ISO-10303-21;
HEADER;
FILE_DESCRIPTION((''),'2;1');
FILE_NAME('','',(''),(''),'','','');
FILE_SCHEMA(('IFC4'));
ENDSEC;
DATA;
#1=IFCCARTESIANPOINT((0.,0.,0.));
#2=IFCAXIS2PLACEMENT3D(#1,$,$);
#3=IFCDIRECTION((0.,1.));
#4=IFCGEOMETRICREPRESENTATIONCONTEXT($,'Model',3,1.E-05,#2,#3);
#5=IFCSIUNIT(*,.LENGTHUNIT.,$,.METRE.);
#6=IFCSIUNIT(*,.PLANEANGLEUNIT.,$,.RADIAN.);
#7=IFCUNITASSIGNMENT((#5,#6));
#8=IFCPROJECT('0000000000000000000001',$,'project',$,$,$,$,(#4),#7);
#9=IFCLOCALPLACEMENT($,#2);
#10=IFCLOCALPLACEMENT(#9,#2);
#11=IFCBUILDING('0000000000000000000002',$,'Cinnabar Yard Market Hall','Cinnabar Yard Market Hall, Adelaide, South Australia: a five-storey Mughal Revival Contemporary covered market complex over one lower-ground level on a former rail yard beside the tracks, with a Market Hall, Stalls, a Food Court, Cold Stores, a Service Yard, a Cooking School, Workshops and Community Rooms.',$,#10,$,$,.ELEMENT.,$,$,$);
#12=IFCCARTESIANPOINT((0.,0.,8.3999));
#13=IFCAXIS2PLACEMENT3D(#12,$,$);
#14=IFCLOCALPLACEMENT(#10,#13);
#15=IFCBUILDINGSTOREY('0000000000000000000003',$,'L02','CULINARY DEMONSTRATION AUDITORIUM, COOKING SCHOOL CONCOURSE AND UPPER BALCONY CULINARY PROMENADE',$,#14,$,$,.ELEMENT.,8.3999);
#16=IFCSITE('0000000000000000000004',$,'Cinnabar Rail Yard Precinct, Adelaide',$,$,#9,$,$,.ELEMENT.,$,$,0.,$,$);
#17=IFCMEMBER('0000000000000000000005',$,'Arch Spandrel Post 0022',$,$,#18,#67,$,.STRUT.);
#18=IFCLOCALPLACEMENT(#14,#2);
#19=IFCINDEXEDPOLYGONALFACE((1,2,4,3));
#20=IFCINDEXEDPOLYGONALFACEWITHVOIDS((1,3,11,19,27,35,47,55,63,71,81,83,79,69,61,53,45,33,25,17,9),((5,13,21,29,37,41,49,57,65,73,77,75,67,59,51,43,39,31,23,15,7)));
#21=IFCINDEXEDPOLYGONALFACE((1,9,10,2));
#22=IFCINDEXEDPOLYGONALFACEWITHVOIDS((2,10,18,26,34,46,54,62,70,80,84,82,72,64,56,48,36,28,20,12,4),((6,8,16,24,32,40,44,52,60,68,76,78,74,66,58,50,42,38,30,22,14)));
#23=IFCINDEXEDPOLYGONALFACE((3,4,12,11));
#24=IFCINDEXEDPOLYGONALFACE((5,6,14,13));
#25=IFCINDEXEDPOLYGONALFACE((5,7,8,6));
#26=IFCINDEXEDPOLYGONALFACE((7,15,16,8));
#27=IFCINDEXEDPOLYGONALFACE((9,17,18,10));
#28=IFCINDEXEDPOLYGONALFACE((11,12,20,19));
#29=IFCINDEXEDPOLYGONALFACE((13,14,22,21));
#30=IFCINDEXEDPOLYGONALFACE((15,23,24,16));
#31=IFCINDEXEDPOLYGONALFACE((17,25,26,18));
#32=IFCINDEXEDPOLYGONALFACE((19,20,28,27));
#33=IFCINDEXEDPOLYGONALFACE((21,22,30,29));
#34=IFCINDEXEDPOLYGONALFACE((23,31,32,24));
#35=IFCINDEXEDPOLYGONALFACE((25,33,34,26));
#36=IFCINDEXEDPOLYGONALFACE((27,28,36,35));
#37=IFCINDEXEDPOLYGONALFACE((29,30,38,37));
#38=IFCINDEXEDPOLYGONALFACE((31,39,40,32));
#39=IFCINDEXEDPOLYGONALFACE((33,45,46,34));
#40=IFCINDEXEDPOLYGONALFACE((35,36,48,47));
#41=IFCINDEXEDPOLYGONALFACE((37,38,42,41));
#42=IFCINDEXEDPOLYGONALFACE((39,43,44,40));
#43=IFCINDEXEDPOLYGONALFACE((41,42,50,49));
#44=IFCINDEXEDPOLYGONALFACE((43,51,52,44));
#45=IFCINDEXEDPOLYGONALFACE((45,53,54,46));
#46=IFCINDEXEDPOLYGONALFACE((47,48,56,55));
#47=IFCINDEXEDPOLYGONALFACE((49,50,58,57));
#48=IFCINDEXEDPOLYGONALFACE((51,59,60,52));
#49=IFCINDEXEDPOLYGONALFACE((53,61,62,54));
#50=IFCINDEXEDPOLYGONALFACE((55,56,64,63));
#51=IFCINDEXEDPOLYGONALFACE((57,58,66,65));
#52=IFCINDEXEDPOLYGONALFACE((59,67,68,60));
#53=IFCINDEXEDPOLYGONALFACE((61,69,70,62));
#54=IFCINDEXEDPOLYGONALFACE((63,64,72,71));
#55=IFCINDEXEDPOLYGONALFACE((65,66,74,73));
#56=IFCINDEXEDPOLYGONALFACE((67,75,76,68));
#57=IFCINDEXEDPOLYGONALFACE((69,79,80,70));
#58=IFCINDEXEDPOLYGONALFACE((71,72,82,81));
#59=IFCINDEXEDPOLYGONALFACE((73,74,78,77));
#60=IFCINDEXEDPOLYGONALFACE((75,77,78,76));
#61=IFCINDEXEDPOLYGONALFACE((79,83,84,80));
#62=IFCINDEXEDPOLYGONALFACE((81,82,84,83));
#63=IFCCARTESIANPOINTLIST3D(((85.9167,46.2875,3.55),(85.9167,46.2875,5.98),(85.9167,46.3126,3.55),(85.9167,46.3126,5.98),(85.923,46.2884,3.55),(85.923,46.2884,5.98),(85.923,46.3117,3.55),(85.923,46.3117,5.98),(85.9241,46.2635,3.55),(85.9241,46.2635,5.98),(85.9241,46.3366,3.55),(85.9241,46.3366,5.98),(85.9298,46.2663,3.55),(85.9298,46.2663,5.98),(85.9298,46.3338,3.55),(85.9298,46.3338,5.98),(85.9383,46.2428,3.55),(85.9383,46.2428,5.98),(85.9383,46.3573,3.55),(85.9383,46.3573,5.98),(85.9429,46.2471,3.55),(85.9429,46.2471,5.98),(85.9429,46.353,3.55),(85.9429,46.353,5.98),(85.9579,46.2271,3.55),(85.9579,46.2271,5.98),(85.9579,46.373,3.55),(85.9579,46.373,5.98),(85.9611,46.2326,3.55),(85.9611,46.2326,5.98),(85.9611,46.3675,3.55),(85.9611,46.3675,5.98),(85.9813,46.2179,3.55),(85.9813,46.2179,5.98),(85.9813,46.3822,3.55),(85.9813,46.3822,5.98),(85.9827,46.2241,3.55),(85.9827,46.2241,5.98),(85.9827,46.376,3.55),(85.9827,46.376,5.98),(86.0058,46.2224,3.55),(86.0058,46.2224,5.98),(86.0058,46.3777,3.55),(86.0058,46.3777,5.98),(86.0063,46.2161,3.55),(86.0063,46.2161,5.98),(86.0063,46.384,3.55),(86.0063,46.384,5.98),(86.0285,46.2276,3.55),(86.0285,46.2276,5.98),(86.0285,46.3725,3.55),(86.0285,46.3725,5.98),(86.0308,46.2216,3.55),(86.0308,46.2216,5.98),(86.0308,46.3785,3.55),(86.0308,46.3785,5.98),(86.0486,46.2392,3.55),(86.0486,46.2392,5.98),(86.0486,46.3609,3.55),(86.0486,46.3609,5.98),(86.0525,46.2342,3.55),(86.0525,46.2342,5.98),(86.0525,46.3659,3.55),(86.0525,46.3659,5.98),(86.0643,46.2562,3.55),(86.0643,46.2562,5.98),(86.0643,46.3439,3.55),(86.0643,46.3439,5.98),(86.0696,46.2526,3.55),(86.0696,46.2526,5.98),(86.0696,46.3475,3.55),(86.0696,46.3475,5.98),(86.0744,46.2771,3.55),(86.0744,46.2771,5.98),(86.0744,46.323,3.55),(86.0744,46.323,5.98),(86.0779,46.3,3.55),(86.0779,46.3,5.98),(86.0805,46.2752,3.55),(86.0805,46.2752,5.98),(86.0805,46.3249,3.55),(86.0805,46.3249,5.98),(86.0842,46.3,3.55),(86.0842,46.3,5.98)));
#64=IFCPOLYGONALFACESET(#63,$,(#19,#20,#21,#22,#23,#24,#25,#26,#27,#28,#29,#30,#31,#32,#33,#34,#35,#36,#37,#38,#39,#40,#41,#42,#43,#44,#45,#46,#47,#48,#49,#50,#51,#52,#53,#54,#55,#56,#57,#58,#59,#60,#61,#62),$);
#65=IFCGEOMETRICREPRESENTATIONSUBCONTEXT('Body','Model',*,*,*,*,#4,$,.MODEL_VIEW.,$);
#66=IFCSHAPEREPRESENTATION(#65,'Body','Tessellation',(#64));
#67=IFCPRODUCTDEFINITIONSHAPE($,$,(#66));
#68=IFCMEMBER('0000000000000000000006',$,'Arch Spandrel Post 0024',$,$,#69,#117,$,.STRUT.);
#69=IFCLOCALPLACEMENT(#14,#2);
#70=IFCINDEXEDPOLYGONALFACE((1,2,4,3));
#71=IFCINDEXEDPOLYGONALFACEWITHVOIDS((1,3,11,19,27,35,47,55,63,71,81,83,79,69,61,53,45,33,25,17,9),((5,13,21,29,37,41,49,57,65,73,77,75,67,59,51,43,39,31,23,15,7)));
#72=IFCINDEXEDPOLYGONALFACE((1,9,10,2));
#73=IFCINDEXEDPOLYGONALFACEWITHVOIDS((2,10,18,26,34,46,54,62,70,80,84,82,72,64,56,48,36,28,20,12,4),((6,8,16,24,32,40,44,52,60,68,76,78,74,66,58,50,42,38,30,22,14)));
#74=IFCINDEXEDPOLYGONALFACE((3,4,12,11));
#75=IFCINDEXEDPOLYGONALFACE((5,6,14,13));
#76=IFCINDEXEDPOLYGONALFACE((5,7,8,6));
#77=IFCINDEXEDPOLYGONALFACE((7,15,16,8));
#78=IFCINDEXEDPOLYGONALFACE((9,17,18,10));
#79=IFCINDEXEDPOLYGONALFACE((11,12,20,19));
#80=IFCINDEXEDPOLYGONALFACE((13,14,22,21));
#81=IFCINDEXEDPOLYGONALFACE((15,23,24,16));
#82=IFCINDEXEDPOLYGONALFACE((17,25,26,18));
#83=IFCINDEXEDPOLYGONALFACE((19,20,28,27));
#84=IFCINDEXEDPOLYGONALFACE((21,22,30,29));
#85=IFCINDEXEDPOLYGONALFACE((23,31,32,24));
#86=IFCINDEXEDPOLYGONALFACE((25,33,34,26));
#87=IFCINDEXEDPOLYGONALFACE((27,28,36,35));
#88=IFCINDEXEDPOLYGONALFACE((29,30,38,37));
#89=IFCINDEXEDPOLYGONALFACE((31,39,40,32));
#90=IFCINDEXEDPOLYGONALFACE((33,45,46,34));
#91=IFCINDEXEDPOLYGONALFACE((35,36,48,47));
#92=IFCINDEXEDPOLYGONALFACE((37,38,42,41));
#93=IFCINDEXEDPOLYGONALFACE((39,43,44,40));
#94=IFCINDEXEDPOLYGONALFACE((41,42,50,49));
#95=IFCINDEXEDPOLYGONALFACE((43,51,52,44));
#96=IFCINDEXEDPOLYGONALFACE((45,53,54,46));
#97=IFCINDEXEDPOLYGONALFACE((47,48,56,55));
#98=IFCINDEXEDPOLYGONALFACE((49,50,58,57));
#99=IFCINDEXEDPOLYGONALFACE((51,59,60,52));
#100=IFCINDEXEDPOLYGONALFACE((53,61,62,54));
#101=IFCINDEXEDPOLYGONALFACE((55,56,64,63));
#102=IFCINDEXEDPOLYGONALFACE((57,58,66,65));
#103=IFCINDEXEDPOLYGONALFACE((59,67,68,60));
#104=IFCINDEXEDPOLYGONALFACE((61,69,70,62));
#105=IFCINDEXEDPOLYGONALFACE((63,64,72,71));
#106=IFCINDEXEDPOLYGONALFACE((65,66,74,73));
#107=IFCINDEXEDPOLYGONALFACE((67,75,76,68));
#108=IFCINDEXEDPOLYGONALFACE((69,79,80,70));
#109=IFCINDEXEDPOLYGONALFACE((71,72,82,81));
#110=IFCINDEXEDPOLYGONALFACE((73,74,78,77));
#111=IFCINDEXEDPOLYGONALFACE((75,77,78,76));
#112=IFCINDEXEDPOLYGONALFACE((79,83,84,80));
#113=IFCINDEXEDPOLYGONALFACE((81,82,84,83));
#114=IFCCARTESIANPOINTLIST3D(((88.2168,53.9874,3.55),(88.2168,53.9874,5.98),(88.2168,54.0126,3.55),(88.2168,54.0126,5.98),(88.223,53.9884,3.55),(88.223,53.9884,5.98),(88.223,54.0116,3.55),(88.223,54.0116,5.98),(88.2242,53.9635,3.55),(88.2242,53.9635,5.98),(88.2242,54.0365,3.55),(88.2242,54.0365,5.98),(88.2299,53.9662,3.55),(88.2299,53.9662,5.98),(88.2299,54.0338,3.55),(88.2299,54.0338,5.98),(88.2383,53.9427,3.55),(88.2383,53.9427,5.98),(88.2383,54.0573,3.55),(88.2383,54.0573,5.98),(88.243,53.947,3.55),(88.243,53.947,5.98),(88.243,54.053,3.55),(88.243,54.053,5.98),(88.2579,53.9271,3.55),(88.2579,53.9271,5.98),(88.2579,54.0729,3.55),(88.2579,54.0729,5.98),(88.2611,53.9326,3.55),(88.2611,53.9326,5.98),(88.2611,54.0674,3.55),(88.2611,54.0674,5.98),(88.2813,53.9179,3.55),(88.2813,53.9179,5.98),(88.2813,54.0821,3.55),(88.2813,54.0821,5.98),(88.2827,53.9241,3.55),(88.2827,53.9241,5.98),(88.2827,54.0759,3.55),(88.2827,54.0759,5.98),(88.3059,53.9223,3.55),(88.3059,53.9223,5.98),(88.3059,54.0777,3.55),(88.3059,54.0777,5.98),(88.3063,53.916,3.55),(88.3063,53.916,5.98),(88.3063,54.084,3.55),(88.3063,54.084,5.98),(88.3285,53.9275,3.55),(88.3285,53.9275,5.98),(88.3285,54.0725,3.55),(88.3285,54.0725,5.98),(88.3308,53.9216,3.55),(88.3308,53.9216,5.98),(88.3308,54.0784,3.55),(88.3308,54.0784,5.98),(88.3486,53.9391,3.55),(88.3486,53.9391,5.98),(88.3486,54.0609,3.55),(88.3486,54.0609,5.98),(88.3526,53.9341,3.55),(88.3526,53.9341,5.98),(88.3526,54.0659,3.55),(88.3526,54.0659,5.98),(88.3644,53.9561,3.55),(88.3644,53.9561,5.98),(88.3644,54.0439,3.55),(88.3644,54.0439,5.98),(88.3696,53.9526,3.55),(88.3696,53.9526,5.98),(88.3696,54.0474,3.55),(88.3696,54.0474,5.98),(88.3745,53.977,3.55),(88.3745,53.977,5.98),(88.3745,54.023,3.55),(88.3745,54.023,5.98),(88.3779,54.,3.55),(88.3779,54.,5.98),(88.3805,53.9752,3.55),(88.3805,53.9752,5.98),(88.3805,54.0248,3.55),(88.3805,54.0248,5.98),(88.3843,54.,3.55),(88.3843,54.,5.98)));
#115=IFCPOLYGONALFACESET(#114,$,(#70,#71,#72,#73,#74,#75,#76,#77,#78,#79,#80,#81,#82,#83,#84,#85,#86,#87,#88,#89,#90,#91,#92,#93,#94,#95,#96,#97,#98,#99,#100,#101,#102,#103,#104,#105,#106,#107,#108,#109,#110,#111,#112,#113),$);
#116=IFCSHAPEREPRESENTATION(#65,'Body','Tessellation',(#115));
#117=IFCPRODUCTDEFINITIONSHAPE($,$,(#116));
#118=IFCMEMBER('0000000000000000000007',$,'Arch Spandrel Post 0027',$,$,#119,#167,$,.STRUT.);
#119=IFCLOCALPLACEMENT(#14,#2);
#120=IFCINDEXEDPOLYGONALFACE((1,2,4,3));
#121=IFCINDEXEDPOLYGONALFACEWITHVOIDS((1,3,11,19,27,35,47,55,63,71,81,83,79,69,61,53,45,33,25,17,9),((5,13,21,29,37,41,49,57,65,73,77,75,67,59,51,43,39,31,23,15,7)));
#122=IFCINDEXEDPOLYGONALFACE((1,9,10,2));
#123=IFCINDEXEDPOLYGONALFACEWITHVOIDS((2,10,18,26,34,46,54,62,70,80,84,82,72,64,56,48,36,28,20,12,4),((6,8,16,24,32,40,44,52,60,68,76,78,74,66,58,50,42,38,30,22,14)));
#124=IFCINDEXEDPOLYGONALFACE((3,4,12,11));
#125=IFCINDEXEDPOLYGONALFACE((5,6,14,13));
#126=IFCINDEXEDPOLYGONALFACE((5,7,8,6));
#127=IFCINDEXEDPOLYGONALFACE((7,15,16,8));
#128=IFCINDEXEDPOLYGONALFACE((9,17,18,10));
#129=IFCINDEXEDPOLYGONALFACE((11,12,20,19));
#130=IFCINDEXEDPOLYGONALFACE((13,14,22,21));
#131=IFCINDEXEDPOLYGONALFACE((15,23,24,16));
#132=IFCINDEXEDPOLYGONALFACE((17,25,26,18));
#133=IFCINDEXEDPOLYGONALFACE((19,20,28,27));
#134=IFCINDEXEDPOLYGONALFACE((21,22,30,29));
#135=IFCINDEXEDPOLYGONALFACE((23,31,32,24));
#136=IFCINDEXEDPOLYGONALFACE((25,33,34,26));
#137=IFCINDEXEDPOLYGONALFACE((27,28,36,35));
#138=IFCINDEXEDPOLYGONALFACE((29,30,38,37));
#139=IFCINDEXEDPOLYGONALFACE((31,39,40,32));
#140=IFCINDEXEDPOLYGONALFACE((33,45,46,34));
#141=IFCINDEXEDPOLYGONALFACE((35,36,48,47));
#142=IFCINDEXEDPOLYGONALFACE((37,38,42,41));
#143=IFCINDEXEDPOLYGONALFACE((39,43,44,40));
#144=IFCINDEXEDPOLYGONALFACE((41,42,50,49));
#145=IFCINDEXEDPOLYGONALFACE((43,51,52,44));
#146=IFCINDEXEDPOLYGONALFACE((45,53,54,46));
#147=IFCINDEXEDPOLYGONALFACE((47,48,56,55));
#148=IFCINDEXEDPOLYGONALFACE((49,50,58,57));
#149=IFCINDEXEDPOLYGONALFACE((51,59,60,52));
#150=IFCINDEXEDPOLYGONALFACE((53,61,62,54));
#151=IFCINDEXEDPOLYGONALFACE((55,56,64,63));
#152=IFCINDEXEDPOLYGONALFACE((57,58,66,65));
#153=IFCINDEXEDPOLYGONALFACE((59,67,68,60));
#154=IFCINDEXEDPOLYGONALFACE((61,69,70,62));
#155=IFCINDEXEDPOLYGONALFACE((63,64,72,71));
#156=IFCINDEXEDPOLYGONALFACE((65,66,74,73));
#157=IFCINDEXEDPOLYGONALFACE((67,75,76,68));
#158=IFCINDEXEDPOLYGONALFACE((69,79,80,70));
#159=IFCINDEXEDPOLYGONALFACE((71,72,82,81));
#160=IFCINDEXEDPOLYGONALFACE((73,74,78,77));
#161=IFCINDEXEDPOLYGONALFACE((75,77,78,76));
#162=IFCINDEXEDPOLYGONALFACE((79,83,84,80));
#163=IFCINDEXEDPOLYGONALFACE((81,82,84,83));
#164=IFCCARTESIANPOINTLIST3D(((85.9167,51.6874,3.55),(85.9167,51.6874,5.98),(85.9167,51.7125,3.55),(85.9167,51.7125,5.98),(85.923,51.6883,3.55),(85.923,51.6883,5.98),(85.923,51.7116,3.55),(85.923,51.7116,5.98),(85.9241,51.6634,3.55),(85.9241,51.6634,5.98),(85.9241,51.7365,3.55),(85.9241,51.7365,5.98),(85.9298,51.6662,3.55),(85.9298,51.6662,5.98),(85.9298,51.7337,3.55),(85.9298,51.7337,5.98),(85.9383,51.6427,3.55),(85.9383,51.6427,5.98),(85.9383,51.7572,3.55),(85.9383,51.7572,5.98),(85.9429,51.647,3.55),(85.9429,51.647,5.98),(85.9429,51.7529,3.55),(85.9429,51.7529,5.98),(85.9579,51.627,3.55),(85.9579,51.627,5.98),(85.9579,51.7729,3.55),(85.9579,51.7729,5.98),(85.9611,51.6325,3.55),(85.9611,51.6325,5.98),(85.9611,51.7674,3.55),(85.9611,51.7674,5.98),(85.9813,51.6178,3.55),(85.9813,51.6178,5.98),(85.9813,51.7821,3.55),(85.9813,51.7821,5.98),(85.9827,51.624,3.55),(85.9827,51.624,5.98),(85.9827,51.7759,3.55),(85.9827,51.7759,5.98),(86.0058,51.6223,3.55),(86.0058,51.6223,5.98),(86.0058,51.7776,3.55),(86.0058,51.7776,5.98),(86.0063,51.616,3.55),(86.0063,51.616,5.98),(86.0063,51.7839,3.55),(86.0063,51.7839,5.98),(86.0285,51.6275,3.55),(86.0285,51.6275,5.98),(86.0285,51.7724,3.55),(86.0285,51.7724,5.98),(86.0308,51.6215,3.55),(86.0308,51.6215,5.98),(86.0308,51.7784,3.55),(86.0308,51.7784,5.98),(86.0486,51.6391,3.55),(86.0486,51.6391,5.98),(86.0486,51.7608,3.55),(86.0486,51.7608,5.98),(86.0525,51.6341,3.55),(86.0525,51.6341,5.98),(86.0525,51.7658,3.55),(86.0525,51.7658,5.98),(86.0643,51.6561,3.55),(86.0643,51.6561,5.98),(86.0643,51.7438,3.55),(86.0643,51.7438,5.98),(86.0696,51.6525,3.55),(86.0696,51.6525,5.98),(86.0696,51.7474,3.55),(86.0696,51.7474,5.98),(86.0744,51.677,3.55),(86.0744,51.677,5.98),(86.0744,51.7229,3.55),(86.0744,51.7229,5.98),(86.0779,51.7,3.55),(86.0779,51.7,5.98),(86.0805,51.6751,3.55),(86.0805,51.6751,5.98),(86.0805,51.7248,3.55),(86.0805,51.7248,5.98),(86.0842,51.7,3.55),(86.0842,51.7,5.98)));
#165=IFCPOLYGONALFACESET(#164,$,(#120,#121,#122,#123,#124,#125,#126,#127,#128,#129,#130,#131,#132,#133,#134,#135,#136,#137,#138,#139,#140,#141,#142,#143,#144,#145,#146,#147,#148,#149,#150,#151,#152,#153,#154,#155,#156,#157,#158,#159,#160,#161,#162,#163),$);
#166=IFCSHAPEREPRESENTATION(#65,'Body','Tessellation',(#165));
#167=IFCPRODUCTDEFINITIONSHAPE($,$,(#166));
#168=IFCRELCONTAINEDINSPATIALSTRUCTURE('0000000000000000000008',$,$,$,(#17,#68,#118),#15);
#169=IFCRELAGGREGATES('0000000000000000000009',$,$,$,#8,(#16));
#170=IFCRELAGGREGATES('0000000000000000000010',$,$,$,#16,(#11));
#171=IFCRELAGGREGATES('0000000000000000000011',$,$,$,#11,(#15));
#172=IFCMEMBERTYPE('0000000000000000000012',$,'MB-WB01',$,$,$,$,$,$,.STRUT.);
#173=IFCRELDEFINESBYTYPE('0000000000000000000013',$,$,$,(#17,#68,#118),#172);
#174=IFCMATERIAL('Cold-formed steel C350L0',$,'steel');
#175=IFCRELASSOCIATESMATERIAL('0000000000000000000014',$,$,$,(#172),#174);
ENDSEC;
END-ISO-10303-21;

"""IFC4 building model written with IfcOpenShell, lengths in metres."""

from ifc_helpers import new_model, si_unit, direction, frame, origin, origin_2d_with_axis, place, context, subcontext, project, spatial, hollow_circle, extrude, material, material_profile, profile_set, type_object, element, save


model = new_model("IFC4")

# Units and contexts
model_context = context("Model", 3, precision=1e-05, world=origin(), true_north=direction((0.0, 1.0)))
body_context = subcontext(model_context, "Body", "Model", "MODEL_VIEW")
ifc_project = project(units=[si_unit("LENGTHUNIT", "METRE"), si_unit("PLANEANGLEUNIT", "RADIAN")], contexts=[model_context])

# Site, building, storey
site_placement = place(None, origin())
site = spatial("IfcSite", under=ifc_project, at=site_placement, Name="Cinnabar Rail Yard Precinct, Adelaide", CompositionType="ELEMENT", RefElevation=0.0)
building_placement = place(site_placement, origin())
building = spatial("IfcBuilding", under=site, at=building_placement, Name="Cinnabar Yard Market Hall", Description="Cinnabar Yard Market Hall, Adelaide, South Australia: a five-storey Mughal Revival Contemporary covered market complex over one lower-ground level on a former rail yard beside the tracks, with a Market Hall, Stalls, a Food Court, Cold Stores, a Service Yard, a Cooking School, Workshops and Community Rooms.", CompositionType="ELEMENT")
storey_placement = place(building_placement, frame((0.0, 0.0, 8.3999)))
storey = spatial("IfcBuildingStorey", under=building, at=storey_placement, Name="L02", Description="CULINARY DEMONSTRATION AUDITORIUM, COOKING SCHOOL CONCOURSE AND UPPER BALCONY CULINARY PROMENADE", CompositionType="ELEMENT", Elevation=8.3999)

# Members
ifc_material_1 = material(Name="Cold-formed steel C350L0", Category="steel")
ifc_material_profile_1 = material_profile(ifc_material_1, hollow_circle(Radius=0.0842, WallThickness=0.0063, at=origin_2d_with_axis()), Name="168.3x6.4CHS")
ifc_profile_set_1 = profile_set([ifc_material_profile_1], Name="Cold-formed steel C350L0")
member_type_1 = type_object("IfcMemberType", Name="MB-WB01", PredefinedType="STRUT", material=ifc_profile_set_1)
for number, where, z_axis, x_axis, name in (
    (1, (86.0, 46.3, 3.55), (0.0, 0.0, 1.0), (1.0, 0.0, 0.0), "Arch Spandrel Post 0022"),
    (2, (88.3, 54.0, 3.55), (0.0, 0.0, 1.0), (1.0, 0.0, 0.0), "Arch Spandrel Post 0024"),
    (3, (86.0, 51.7, 3.55), (0.0, 0.0, 1.0), (1.0, 0.0, 0.0), "Arch Spandrel Post 0027"),
):
    element("IfcMember", number, at=place(storey_placement, frame(where, z_axis=z_axis, x_axis=x_axis)), inside=storey, type_object=member_type_1, Name=name, PredefinedType="STRUT", context=body_context, shape_type="SweptSolid", body=[
        extrude(hollow_circle(Radius=0.0842, WallThickness=0.0063, at=origin_2d_with_axis()), origin(), (0.0, 0.0, 1.0), 2.4299),
    ])

save(model, "model.ifc")
